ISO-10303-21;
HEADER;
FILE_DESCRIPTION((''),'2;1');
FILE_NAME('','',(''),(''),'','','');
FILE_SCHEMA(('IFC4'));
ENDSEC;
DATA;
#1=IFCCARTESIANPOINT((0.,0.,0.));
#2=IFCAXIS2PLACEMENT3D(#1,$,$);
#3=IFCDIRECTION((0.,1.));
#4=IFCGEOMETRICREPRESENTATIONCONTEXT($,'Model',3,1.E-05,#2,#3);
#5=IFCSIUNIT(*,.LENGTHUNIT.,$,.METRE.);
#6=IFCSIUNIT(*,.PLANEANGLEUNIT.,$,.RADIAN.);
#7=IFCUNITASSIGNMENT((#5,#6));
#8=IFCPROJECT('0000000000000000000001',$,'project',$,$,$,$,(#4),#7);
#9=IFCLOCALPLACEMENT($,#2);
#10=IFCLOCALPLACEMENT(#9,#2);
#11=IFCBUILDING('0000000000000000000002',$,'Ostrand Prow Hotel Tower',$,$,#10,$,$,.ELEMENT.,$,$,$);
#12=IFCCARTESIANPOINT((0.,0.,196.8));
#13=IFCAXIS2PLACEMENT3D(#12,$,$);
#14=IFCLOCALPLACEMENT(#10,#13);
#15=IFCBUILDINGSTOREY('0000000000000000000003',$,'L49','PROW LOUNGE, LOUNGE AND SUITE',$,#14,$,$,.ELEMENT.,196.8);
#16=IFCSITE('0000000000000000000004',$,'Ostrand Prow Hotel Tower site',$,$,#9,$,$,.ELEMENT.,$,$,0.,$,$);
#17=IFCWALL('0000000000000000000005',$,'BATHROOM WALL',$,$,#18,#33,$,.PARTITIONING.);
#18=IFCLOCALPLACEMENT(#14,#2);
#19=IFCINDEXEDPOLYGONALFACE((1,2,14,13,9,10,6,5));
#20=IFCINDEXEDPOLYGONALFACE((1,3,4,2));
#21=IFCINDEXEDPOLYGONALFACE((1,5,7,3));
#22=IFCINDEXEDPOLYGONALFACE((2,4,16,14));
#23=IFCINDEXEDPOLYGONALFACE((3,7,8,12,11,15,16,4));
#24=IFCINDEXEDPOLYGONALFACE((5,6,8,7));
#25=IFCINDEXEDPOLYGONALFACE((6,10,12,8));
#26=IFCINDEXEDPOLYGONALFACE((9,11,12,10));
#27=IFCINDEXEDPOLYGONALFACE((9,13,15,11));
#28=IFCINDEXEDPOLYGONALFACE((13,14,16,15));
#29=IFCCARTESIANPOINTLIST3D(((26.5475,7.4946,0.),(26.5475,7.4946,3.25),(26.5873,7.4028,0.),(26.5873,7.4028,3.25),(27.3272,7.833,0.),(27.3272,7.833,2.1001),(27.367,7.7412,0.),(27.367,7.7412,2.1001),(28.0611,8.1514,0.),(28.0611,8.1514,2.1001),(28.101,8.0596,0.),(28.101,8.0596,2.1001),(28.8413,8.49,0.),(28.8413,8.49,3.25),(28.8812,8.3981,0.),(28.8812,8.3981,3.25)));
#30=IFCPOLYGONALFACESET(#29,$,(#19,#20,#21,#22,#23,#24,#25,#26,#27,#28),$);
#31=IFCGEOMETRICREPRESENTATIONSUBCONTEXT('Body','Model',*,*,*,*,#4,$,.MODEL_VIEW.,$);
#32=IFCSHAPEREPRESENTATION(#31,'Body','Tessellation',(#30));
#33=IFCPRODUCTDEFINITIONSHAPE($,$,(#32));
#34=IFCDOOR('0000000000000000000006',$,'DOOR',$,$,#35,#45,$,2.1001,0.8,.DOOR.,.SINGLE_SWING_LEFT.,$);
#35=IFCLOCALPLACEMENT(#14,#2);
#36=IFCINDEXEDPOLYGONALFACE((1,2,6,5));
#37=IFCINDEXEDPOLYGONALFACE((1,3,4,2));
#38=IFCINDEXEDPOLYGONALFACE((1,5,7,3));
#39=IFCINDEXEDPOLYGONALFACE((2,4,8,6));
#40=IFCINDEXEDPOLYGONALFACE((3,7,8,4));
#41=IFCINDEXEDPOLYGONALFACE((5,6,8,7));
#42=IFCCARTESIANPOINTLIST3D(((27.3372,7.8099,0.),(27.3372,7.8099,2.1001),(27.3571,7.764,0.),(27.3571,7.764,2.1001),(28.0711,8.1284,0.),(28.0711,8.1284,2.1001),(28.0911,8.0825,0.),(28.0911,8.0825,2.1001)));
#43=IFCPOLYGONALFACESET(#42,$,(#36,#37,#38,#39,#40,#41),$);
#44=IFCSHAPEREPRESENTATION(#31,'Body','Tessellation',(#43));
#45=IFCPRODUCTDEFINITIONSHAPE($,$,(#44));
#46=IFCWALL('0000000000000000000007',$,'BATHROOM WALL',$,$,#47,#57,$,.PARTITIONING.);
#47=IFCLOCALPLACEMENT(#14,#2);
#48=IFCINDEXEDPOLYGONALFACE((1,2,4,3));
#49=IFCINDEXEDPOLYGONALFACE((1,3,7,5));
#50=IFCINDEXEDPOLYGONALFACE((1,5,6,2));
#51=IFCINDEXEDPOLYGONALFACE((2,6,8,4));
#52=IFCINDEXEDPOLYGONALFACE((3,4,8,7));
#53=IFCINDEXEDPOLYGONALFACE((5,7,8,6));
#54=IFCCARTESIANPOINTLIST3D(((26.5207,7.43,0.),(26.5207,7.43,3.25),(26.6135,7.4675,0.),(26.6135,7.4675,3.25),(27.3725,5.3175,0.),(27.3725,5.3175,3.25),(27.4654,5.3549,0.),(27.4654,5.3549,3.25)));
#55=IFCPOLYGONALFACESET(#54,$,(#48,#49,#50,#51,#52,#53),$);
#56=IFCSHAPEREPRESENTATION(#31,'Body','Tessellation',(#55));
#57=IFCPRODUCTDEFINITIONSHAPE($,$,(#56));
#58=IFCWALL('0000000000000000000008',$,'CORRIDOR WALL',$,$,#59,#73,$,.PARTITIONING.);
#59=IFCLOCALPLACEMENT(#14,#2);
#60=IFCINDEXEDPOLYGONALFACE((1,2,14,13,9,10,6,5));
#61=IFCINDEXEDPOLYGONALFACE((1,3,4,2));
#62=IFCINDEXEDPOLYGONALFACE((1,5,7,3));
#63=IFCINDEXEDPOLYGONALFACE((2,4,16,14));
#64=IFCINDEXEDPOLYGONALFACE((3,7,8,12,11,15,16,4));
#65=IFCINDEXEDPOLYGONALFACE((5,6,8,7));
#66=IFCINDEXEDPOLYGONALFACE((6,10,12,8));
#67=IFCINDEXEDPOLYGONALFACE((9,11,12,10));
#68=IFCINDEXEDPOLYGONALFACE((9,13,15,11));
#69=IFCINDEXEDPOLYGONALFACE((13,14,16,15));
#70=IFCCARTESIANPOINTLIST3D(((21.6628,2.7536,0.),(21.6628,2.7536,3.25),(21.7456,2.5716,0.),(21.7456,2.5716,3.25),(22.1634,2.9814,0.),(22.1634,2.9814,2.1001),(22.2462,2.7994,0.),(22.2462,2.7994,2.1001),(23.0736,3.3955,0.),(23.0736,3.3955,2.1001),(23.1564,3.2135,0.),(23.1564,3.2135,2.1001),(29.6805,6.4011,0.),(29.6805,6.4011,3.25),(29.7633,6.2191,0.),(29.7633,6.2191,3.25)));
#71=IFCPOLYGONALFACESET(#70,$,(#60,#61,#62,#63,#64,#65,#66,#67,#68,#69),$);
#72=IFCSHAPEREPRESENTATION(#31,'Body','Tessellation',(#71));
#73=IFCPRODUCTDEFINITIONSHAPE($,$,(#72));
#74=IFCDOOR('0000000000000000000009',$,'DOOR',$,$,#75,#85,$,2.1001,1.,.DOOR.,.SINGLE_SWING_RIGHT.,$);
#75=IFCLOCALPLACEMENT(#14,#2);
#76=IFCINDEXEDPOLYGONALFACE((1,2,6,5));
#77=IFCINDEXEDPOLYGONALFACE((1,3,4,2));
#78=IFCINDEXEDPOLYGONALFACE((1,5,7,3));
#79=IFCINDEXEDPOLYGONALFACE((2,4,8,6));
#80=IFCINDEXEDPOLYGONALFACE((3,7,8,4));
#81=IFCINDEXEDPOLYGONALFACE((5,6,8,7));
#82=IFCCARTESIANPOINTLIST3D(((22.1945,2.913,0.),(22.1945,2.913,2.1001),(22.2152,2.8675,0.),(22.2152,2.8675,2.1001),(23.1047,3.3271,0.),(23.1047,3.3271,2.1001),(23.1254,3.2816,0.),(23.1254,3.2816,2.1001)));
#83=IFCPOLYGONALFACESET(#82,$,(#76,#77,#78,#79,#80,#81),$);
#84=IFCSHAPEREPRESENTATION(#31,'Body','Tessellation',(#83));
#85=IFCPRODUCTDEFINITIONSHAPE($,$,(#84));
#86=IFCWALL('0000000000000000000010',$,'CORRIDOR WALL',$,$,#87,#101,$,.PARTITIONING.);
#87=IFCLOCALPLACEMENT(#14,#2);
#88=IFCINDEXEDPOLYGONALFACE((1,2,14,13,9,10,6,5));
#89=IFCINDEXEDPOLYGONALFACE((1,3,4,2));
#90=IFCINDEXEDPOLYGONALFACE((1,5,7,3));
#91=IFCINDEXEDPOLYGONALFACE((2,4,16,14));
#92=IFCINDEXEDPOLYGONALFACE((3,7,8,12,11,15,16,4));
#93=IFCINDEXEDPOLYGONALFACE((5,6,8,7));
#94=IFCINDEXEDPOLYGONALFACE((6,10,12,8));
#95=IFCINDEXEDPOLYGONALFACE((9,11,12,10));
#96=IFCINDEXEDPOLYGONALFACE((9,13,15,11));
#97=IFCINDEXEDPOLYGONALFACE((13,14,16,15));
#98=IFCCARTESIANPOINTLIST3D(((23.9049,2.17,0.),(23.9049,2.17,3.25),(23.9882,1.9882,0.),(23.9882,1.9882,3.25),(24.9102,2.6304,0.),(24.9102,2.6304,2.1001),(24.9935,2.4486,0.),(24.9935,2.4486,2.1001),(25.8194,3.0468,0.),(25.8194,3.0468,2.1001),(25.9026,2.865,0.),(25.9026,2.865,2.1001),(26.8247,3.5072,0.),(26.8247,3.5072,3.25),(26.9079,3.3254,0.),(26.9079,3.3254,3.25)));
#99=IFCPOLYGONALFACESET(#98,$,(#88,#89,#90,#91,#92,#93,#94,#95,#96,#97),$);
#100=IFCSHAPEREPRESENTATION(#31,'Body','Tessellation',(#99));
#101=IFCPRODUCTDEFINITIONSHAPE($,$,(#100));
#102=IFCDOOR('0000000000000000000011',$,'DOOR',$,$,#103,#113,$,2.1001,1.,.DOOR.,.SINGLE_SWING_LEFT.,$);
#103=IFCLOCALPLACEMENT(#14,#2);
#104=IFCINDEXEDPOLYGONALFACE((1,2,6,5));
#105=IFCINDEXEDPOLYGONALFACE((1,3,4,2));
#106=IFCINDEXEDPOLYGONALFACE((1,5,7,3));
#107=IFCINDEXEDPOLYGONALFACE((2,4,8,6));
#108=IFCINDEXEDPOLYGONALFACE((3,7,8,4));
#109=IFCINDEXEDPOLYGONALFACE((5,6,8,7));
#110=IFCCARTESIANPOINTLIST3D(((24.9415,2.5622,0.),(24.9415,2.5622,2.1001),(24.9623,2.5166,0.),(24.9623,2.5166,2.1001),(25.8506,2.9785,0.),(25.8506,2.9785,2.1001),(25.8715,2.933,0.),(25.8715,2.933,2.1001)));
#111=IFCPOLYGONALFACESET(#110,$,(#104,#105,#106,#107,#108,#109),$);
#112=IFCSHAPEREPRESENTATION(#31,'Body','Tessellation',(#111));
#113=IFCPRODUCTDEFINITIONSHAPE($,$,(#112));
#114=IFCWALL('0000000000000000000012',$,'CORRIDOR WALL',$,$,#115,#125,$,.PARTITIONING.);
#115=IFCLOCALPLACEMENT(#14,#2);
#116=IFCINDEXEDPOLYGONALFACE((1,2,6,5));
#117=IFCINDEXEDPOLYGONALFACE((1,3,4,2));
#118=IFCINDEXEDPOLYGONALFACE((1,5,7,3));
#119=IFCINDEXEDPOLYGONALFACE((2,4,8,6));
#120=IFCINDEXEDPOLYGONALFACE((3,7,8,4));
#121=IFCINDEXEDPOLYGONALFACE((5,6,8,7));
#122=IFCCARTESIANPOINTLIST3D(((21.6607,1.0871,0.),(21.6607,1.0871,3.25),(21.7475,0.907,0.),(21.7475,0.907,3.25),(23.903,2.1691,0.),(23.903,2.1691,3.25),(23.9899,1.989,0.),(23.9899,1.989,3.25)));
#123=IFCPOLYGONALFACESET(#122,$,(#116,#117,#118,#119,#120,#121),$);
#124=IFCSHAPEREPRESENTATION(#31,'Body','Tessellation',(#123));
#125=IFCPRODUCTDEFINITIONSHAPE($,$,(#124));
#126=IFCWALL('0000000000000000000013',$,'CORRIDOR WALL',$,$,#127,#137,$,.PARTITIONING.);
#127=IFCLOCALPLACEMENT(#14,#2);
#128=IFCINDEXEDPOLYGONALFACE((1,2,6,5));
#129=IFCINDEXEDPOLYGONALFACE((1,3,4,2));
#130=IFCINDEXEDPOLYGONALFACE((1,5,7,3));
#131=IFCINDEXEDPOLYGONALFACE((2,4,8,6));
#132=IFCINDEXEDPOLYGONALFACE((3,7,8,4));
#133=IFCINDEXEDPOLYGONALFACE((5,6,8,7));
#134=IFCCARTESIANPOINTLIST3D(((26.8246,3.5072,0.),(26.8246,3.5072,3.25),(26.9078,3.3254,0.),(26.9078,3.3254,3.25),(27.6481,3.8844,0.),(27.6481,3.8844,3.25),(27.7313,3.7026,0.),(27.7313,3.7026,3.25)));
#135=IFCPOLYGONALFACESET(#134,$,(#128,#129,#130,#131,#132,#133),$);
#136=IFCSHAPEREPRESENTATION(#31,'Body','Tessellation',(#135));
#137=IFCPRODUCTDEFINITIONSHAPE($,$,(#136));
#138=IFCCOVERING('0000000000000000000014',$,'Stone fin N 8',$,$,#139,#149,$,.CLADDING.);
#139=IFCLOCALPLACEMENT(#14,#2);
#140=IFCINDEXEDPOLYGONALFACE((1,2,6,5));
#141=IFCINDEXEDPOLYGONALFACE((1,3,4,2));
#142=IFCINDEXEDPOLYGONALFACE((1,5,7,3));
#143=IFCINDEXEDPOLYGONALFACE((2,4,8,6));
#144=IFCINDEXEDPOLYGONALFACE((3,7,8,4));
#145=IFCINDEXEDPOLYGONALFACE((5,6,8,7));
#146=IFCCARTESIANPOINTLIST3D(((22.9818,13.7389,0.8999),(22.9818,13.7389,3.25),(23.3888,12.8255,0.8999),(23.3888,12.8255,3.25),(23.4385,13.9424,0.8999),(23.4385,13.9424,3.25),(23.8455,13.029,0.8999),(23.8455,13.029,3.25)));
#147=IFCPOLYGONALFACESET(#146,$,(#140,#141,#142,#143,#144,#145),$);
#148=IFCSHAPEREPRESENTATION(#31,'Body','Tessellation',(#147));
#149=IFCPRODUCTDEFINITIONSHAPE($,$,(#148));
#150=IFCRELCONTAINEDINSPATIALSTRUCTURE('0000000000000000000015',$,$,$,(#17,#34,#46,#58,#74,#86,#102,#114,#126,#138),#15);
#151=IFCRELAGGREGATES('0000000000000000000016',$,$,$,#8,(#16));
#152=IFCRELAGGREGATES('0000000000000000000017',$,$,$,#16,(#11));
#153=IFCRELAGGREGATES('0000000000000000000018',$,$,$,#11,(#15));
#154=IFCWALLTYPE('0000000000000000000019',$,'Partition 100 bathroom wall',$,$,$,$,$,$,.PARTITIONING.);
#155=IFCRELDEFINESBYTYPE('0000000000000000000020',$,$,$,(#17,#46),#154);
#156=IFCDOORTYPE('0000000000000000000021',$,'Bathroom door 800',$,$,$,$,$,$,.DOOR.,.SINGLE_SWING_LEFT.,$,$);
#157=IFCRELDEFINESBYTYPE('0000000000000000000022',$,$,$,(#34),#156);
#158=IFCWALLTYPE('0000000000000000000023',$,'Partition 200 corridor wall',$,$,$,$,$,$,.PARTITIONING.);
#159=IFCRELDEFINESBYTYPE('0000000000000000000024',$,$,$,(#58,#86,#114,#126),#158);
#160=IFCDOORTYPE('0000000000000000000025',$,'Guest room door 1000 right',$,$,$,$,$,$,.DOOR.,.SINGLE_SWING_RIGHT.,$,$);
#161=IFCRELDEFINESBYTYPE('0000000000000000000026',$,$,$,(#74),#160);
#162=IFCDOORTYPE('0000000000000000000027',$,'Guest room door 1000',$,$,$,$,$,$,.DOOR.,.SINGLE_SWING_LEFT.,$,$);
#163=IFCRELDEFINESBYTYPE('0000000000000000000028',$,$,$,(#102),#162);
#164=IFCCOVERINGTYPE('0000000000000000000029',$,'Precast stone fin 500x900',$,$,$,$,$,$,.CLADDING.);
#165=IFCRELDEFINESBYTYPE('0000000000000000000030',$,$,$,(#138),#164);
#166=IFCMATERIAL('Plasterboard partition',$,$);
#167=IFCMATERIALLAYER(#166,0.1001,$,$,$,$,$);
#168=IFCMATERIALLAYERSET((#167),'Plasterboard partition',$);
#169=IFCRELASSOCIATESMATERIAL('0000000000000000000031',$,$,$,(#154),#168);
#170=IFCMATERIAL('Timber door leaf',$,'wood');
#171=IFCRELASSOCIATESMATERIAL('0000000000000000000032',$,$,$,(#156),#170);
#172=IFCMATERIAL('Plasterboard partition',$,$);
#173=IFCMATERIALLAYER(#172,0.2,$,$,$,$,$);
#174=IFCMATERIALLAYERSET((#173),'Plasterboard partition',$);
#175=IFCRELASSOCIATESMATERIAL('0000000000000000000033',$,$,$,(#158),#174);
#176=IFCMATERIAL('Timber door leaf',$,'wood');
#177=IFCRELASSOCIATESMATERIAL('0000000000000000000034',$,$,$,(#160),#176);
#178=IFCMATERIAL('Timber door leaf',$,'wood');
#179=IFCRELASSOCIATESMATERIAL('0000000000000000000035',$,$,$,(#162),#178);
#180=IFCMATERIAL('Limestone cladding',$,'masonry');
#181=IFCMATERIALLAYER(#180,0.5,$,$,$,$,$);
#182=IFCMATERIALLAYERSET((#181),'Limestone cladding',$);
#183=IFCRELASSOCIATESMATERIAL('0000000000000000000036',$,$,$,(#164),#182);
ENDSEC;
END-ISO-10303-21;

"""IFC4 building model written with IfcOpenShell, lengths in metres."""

from ifc_helpers import new_model, si_unit, direction, frame, frame_2d, origin, place, context, subcontext, project, spatial, rectangle, extrude, material, layer, layer_set, type_object, element, fill, save


model = new_model("IFC4")

# Units and contexts
model_context = context("Model", 3, precision=1e-05, world=origin(), true_north=direction((0.0, 1.0)))
body_context = subcontext(model_context, "Body", "Model", "MODEL_VIEW")
ifc_project = project(units=[si_unit("LENGTHUNIT", "METRE"), si_unit("PLANEANGLEUNIT", "RADIAN")], contexts=[model_context])

# Site, building, storey
site_placement = place(None, origin())
site = spatial("IfcSite", under=ifc_project, at=site_placement, Name="Ostrand Prow Hotel Tower site", CompositionType="ELEMENT", RefElevation=0.0)
building_placement = place(site_placement, origin())
building = spatial("IfcBuilding", under=site, at=building_placement, Name="Ostrand Prow Hotel Tower", CompositionType="ELEMENT")
storey_placement = place(building_placement, frame((0.0, 0.0, 196.8)))
storey = spatial("IfcBuildingStorey", under=building, at=storey_placement, Name="L49", Description="PROW LOUNGE, LOUNGE AND SUITE", CompositionType="ELEMENT", Elevation=196.8)

# Wall, opening, door
ifc_material_1 = material(Name="Plasterboard partition")
ifc_layer_1 = layer(ifc_material_1, 0.1001)
ifc_layer_set_1 = layer_set([ifc_layer_1], Name="Plasterboard partition")
wall_type_1 = type_object("IfcWallType", Name="Partition 100 bathroom wall", PredefinedType="PARTITIONING", material=ifc_layer_set_1)
wall_1_placement = place(storey_placement, frame((26.5674, 7.4487, 0.0), z_axis=(0.0, 0.0, 1.0), x_axis=(0.917363, 0.398051, 0.0)))
wall_1 = element("IfcWall", 1, at=wall_1_placement, inside=storey, type_object=wall_type_1, Name="BATHROOM WALL", PredefinedType="PARTITIONING", context=body_context, shape_type="SweptSolid", body=[
    extrude(rectangle(XDim=2.5005, YDim=0.1001, at=frame_2d((1.2502, 0.0))), origin(), (0.0, 0.0, 1.0), 3.25),
])
opening_1_placement = place(wall_1_placement, frame((0.8501, 0.0, 0.0)))
opening_1 = element("IfcOpeningElement", 2, at=opening_1_placement, cuts=wall_1, PredefinedType="OPENING", context=body_context, shape_type="SweptSolid", body=[
    extrude(rectangle(XDim=0.8, YDim=2.1001, at=frame_2d((0.3999, 1.05))), frame((0.0, 0.0601, 0.0), z_axis=(0.0, -1.0, 0.0), x_axis=(1.0, 0.0, 0.0)), (0.0, 0.0, 1.0), 0.1201),
])
ifc_material_2 = material(Name="Timber door leaf", Category="wood")
door_type_1 = type_object("IfcDoorType", Name="Bathroom door 800", OperationType="SINGLE_SWING_LEFT", PredefinedType="DOOR", material=ifc_material_2)
door_1_placement = place(opening_1_placement, origin())
door_1 = element("IfcDoor", 3, at=door_1_placement, inside=storey, type_object=door_type_1, Name="DOOR", OperationType="SINGLE_SWING_LEFT", OverallHeight=2.1001, OverallWidth=0.8, PredefinedType="DOOR", context=body_context, shape_type="SweptSolid", body=[
    extrude(rectangle(XDim=0.8, YDim=2.1001, at=frame_2d((0.3999, 1.05))), frame((0.0, 0.0249, 0.0), z_axis=(0.0, -1.0, 0.0), x_axis=(1.0, 0.0, 0.0)), (0.0, 0.0, 1.0), 0.05),
])
fill(opening_1, door_1)

# Wall
wall_2_placement = place(storey_placement, frame((27.4189, 5.3362, 0.0), z_axis=(0.0, 0.0, 1.0), x_axis=(-0.373958, 0.927446, 0.0)))
element("IfcWall", 4, at=wall_2_placement, inside=storey, type_object=wall_type_1, Name="BATHROOM WALL", PredefinedType="PARTITIONING", context=body_context, shape_type="SweptSolid", body=[
    extrude(rectangle(XDim=2.2778, YDim=0.1001, at=frame_2d((1.1389, 0.0))), origin(), (0.0, 0.0, 1.0), 3.25),
])

# Walls, openings, doors
ifc_material_3 = material(Name="Plasterboard partition")
ifc_layer_2 = layer(ifc_material_3, 0.2)
ifc_layer_set_2 = layer_set([ifc_layer_2], Name="Plasterboard partition")
wall_type_2 = type_object("IfcWallType", Name="Partition 200 corridor wall", PredefinedType="PARTITIONING", material=ifc_layer_set_2)
wall_3_placement = place(storey_placement, frame((21.7041, 2.6626, 0.0), z_axis=(0.0, 0.0, 1.0), x_axis=(0.910234, 0.414095, 0.0)))
wall_3 = element("IfcWall", 5, at=wall_3_placement, inside=storey, type_object=wall_type_2, Name="CORRIDOR WALL", PredefinedType="PARTITIONING", context=body_context, shape_type="SweptSolid", body=[
    extrude(rectangle(XDim=8.8083, YDim=0.2, at=frame_2d((4.4043, 0.0))), origin(), (0.0, 0.0, 1.0), 3.25),
])
opening_2_placement = place(wall_3_placement, frame((0.55, 0.0, 0.0)))
opening_2 = element("IfcOpeningElement", 6, at=opening_2_placement, cuts=wall_3, PredefinedType="OPENING", context=body_context, shape_type="SweptSolid", body=[
    extrude(rectangle(XDim=1.0, YDim=2.1001, at=frame_2d((0.5, 1.05))), frame((0.0, 0.1099, 0.0), z_axis=(0.0, -1.0, 0.0), x_axis=(1.0, 0.0, 0.0)), (0.0, 0.0, 1.0), 0.22),
])
ifc_material_4 = material(Name="Timber door leaf", Category="wood")
door_type_2 = type_object("IfcDoorType", Name="Guest room door 1000 right", OperationType="SINGLE_SWING_RIGHT", PredefinedType="DOOR", material=ifc_material_4)
door_2_placement = place(opening_2_placement, origin())
door_2 = element("IfcDoor", 7, at=door_2_placement, inside=storey, type_object=door_type_2, Name="DOOR", OperationType="SINGLE_SWING_RIGHT", OverallHeight=2.1001, OverallWidth=1.0, PredefinedType="DOOR", context=body_context, shape_type="SweptSolid", body=[
    extrude(rectangle(XDim=1.0, YDim=2.1001, at=frame_2d((0.5, 1.05))), frame((0.0, 0.0249, 0.0), z_axis=(0.0, -1.0, 0.0), x_axis=(1.0, 0.0, 0.0)), (0.0, 0.0, 1.0), 0.05),
])
fill(opening_2, door_2)
wall_4_placement = place(storey_placement, frame((23.9465, 2.0791, 0.0), z_axis=(0.0, 0.0, 1.0), x_axis=(0.909186, 0.41639, 0.0)))
wall_4 = element("IfcWall", 8, at=wall_4_placement, inside=storey, type_object=wall_type_2, Name="CORRIDOR WALL", PredefinedType="PARTITIONING", context=body_context, shape_type="SweptSolid", body=[
    extrude(rectangle(XDim=3.2114, YDim=0.2, at=frame_2d((1.6057, 0.0))), origin(), (0.0, 0.0, 1.0), 3.25),
])
opening_3_placement = place(wall_4_placement, frame((1.1057, 0.0, 0.0)))
opening_3 = element("IfcOpeningElement", 9, at=opening_3_placement, cuts=wall_4, PredefinedType="OPENING", context=body_context, shape_type="SweptSolid", body=[
    extrude(rectangle(XDim=1.0, YDim=2.1001, at=frame_2d((0.5, 1.05))), frame((0.0, 0.1099, 0.0), z_axis=(0.0, -1.0, 0.0), x_axis=(1.0, 0.0, 0.0)), (0.0, 0.0, 1.0), 0.22),
])
ifc_material_5 = material(Name="Timber door leaf", Category="wood")
door_type_3 = type_object("IfcDoorType", Name="Guest room door 1000", OperationType="SINGLE_SWING_LEFT", PredefinedType="DOOR", material=ifc_material_5)
door_3_placement = place(opening_3_placement, origin())
door_3 = element("IfcDoor", 10, at=door_3_placement, inside=storey, type_object=door_type_3, Name="DOOR", OperationType="SINGLE_SWING_LEFT", OverallHeight=2.1001, OverallWidth=1.0, PredefinedType="DOOR", context=body_context, shape_type="SweptSolid", body=[
    extrude(rectangle(XDim=1.0, YDim=2.1001, at=frame_2d((0.5, 1.05))), frame((0.0, 0.0249, 0.0), z_axis=(0.0, -1.0, 0.0), x_axis=(1.0, 0.0, 0.0)), (0.0, 0.0, 1.0), 0.05),
])
fill(opening_3, door_3)

# Walls
wall_5_placement = place(storey_placement, frame((21.7041, 0.9971, 0.0), z_axis=(0.0, 0.0, 1.0), x_axis=(0.900634, 0.434579, 0.0)))
element("IfcWall", 11, at=wall_5_placement, inside=storey, type_object=wall_type_2, Name="CORRIDOR WALL", PredefinedType="PARTITIONING", context=body_context, shape_type="SweptSolid", body=[
    extrude(rectangle(XDim=2.4897, YDim=0.2, at=frame_2d((1.2449, 0.0))), origin(), (0.0, 0.0, 1.0), 3.25),
])
wall_6_placement = place(storey_placement, frame((26.8662, 3.4163, 0.0), z_axis=(0.0, 0.0, 1.0), x_axis=(0.909163, 0.416441, 0.0)))
element("IfcWall", 12, at=wall_6_placement, inside=storey, type_object=wall_type_2, Name="CORRIDOR WALL", PredefinedType="PARTITIONING", context=body_context, shape_type="SweptSolid", body=[
    extrude(rectangle(XDim=0.9058, YDim=0.2, at=frame_2d((0.4529, 0.0))), origin(), (0.0, 0.0, 1.0), 3.25),
])

# Covering
ifc_material_6 = material(Name="Limestone cladding", Category="masonry")
ifc_layer_3 = layer(ifc_material_6, 0.5)
ifc_layer_set_3 = layer_set([ifc_layer_3], Name="Limestone cladding")
covering_type = type_object("IfcCoveringType", Name="Precast stone fin 500x900", PredefinedType="CLADDING", material=ifc_layer_set_3)
covering_placement = place(storey_placement, frame((23.6172, 12.9272, 0.8999), z_axis=(0.0, 0.0, 1.0), x_axis=(-0.407022, 0.913418, 0.0)))
element("IfcCovering", 13, at=covering_placement, inside=storey, type_object=covering_type, Name="Stone fin N 8", PredefinedType="CLADDING", context=body_context, shape_type="SweptSolid", body=[
    extrude(rectangle(XDim=1.0, YDim=0.5, at=frame_2d((0.5, 0.0))), origin(), (0.0, 0.0, 1.0), 2.3501),
])

save(model, "model.ifc")
